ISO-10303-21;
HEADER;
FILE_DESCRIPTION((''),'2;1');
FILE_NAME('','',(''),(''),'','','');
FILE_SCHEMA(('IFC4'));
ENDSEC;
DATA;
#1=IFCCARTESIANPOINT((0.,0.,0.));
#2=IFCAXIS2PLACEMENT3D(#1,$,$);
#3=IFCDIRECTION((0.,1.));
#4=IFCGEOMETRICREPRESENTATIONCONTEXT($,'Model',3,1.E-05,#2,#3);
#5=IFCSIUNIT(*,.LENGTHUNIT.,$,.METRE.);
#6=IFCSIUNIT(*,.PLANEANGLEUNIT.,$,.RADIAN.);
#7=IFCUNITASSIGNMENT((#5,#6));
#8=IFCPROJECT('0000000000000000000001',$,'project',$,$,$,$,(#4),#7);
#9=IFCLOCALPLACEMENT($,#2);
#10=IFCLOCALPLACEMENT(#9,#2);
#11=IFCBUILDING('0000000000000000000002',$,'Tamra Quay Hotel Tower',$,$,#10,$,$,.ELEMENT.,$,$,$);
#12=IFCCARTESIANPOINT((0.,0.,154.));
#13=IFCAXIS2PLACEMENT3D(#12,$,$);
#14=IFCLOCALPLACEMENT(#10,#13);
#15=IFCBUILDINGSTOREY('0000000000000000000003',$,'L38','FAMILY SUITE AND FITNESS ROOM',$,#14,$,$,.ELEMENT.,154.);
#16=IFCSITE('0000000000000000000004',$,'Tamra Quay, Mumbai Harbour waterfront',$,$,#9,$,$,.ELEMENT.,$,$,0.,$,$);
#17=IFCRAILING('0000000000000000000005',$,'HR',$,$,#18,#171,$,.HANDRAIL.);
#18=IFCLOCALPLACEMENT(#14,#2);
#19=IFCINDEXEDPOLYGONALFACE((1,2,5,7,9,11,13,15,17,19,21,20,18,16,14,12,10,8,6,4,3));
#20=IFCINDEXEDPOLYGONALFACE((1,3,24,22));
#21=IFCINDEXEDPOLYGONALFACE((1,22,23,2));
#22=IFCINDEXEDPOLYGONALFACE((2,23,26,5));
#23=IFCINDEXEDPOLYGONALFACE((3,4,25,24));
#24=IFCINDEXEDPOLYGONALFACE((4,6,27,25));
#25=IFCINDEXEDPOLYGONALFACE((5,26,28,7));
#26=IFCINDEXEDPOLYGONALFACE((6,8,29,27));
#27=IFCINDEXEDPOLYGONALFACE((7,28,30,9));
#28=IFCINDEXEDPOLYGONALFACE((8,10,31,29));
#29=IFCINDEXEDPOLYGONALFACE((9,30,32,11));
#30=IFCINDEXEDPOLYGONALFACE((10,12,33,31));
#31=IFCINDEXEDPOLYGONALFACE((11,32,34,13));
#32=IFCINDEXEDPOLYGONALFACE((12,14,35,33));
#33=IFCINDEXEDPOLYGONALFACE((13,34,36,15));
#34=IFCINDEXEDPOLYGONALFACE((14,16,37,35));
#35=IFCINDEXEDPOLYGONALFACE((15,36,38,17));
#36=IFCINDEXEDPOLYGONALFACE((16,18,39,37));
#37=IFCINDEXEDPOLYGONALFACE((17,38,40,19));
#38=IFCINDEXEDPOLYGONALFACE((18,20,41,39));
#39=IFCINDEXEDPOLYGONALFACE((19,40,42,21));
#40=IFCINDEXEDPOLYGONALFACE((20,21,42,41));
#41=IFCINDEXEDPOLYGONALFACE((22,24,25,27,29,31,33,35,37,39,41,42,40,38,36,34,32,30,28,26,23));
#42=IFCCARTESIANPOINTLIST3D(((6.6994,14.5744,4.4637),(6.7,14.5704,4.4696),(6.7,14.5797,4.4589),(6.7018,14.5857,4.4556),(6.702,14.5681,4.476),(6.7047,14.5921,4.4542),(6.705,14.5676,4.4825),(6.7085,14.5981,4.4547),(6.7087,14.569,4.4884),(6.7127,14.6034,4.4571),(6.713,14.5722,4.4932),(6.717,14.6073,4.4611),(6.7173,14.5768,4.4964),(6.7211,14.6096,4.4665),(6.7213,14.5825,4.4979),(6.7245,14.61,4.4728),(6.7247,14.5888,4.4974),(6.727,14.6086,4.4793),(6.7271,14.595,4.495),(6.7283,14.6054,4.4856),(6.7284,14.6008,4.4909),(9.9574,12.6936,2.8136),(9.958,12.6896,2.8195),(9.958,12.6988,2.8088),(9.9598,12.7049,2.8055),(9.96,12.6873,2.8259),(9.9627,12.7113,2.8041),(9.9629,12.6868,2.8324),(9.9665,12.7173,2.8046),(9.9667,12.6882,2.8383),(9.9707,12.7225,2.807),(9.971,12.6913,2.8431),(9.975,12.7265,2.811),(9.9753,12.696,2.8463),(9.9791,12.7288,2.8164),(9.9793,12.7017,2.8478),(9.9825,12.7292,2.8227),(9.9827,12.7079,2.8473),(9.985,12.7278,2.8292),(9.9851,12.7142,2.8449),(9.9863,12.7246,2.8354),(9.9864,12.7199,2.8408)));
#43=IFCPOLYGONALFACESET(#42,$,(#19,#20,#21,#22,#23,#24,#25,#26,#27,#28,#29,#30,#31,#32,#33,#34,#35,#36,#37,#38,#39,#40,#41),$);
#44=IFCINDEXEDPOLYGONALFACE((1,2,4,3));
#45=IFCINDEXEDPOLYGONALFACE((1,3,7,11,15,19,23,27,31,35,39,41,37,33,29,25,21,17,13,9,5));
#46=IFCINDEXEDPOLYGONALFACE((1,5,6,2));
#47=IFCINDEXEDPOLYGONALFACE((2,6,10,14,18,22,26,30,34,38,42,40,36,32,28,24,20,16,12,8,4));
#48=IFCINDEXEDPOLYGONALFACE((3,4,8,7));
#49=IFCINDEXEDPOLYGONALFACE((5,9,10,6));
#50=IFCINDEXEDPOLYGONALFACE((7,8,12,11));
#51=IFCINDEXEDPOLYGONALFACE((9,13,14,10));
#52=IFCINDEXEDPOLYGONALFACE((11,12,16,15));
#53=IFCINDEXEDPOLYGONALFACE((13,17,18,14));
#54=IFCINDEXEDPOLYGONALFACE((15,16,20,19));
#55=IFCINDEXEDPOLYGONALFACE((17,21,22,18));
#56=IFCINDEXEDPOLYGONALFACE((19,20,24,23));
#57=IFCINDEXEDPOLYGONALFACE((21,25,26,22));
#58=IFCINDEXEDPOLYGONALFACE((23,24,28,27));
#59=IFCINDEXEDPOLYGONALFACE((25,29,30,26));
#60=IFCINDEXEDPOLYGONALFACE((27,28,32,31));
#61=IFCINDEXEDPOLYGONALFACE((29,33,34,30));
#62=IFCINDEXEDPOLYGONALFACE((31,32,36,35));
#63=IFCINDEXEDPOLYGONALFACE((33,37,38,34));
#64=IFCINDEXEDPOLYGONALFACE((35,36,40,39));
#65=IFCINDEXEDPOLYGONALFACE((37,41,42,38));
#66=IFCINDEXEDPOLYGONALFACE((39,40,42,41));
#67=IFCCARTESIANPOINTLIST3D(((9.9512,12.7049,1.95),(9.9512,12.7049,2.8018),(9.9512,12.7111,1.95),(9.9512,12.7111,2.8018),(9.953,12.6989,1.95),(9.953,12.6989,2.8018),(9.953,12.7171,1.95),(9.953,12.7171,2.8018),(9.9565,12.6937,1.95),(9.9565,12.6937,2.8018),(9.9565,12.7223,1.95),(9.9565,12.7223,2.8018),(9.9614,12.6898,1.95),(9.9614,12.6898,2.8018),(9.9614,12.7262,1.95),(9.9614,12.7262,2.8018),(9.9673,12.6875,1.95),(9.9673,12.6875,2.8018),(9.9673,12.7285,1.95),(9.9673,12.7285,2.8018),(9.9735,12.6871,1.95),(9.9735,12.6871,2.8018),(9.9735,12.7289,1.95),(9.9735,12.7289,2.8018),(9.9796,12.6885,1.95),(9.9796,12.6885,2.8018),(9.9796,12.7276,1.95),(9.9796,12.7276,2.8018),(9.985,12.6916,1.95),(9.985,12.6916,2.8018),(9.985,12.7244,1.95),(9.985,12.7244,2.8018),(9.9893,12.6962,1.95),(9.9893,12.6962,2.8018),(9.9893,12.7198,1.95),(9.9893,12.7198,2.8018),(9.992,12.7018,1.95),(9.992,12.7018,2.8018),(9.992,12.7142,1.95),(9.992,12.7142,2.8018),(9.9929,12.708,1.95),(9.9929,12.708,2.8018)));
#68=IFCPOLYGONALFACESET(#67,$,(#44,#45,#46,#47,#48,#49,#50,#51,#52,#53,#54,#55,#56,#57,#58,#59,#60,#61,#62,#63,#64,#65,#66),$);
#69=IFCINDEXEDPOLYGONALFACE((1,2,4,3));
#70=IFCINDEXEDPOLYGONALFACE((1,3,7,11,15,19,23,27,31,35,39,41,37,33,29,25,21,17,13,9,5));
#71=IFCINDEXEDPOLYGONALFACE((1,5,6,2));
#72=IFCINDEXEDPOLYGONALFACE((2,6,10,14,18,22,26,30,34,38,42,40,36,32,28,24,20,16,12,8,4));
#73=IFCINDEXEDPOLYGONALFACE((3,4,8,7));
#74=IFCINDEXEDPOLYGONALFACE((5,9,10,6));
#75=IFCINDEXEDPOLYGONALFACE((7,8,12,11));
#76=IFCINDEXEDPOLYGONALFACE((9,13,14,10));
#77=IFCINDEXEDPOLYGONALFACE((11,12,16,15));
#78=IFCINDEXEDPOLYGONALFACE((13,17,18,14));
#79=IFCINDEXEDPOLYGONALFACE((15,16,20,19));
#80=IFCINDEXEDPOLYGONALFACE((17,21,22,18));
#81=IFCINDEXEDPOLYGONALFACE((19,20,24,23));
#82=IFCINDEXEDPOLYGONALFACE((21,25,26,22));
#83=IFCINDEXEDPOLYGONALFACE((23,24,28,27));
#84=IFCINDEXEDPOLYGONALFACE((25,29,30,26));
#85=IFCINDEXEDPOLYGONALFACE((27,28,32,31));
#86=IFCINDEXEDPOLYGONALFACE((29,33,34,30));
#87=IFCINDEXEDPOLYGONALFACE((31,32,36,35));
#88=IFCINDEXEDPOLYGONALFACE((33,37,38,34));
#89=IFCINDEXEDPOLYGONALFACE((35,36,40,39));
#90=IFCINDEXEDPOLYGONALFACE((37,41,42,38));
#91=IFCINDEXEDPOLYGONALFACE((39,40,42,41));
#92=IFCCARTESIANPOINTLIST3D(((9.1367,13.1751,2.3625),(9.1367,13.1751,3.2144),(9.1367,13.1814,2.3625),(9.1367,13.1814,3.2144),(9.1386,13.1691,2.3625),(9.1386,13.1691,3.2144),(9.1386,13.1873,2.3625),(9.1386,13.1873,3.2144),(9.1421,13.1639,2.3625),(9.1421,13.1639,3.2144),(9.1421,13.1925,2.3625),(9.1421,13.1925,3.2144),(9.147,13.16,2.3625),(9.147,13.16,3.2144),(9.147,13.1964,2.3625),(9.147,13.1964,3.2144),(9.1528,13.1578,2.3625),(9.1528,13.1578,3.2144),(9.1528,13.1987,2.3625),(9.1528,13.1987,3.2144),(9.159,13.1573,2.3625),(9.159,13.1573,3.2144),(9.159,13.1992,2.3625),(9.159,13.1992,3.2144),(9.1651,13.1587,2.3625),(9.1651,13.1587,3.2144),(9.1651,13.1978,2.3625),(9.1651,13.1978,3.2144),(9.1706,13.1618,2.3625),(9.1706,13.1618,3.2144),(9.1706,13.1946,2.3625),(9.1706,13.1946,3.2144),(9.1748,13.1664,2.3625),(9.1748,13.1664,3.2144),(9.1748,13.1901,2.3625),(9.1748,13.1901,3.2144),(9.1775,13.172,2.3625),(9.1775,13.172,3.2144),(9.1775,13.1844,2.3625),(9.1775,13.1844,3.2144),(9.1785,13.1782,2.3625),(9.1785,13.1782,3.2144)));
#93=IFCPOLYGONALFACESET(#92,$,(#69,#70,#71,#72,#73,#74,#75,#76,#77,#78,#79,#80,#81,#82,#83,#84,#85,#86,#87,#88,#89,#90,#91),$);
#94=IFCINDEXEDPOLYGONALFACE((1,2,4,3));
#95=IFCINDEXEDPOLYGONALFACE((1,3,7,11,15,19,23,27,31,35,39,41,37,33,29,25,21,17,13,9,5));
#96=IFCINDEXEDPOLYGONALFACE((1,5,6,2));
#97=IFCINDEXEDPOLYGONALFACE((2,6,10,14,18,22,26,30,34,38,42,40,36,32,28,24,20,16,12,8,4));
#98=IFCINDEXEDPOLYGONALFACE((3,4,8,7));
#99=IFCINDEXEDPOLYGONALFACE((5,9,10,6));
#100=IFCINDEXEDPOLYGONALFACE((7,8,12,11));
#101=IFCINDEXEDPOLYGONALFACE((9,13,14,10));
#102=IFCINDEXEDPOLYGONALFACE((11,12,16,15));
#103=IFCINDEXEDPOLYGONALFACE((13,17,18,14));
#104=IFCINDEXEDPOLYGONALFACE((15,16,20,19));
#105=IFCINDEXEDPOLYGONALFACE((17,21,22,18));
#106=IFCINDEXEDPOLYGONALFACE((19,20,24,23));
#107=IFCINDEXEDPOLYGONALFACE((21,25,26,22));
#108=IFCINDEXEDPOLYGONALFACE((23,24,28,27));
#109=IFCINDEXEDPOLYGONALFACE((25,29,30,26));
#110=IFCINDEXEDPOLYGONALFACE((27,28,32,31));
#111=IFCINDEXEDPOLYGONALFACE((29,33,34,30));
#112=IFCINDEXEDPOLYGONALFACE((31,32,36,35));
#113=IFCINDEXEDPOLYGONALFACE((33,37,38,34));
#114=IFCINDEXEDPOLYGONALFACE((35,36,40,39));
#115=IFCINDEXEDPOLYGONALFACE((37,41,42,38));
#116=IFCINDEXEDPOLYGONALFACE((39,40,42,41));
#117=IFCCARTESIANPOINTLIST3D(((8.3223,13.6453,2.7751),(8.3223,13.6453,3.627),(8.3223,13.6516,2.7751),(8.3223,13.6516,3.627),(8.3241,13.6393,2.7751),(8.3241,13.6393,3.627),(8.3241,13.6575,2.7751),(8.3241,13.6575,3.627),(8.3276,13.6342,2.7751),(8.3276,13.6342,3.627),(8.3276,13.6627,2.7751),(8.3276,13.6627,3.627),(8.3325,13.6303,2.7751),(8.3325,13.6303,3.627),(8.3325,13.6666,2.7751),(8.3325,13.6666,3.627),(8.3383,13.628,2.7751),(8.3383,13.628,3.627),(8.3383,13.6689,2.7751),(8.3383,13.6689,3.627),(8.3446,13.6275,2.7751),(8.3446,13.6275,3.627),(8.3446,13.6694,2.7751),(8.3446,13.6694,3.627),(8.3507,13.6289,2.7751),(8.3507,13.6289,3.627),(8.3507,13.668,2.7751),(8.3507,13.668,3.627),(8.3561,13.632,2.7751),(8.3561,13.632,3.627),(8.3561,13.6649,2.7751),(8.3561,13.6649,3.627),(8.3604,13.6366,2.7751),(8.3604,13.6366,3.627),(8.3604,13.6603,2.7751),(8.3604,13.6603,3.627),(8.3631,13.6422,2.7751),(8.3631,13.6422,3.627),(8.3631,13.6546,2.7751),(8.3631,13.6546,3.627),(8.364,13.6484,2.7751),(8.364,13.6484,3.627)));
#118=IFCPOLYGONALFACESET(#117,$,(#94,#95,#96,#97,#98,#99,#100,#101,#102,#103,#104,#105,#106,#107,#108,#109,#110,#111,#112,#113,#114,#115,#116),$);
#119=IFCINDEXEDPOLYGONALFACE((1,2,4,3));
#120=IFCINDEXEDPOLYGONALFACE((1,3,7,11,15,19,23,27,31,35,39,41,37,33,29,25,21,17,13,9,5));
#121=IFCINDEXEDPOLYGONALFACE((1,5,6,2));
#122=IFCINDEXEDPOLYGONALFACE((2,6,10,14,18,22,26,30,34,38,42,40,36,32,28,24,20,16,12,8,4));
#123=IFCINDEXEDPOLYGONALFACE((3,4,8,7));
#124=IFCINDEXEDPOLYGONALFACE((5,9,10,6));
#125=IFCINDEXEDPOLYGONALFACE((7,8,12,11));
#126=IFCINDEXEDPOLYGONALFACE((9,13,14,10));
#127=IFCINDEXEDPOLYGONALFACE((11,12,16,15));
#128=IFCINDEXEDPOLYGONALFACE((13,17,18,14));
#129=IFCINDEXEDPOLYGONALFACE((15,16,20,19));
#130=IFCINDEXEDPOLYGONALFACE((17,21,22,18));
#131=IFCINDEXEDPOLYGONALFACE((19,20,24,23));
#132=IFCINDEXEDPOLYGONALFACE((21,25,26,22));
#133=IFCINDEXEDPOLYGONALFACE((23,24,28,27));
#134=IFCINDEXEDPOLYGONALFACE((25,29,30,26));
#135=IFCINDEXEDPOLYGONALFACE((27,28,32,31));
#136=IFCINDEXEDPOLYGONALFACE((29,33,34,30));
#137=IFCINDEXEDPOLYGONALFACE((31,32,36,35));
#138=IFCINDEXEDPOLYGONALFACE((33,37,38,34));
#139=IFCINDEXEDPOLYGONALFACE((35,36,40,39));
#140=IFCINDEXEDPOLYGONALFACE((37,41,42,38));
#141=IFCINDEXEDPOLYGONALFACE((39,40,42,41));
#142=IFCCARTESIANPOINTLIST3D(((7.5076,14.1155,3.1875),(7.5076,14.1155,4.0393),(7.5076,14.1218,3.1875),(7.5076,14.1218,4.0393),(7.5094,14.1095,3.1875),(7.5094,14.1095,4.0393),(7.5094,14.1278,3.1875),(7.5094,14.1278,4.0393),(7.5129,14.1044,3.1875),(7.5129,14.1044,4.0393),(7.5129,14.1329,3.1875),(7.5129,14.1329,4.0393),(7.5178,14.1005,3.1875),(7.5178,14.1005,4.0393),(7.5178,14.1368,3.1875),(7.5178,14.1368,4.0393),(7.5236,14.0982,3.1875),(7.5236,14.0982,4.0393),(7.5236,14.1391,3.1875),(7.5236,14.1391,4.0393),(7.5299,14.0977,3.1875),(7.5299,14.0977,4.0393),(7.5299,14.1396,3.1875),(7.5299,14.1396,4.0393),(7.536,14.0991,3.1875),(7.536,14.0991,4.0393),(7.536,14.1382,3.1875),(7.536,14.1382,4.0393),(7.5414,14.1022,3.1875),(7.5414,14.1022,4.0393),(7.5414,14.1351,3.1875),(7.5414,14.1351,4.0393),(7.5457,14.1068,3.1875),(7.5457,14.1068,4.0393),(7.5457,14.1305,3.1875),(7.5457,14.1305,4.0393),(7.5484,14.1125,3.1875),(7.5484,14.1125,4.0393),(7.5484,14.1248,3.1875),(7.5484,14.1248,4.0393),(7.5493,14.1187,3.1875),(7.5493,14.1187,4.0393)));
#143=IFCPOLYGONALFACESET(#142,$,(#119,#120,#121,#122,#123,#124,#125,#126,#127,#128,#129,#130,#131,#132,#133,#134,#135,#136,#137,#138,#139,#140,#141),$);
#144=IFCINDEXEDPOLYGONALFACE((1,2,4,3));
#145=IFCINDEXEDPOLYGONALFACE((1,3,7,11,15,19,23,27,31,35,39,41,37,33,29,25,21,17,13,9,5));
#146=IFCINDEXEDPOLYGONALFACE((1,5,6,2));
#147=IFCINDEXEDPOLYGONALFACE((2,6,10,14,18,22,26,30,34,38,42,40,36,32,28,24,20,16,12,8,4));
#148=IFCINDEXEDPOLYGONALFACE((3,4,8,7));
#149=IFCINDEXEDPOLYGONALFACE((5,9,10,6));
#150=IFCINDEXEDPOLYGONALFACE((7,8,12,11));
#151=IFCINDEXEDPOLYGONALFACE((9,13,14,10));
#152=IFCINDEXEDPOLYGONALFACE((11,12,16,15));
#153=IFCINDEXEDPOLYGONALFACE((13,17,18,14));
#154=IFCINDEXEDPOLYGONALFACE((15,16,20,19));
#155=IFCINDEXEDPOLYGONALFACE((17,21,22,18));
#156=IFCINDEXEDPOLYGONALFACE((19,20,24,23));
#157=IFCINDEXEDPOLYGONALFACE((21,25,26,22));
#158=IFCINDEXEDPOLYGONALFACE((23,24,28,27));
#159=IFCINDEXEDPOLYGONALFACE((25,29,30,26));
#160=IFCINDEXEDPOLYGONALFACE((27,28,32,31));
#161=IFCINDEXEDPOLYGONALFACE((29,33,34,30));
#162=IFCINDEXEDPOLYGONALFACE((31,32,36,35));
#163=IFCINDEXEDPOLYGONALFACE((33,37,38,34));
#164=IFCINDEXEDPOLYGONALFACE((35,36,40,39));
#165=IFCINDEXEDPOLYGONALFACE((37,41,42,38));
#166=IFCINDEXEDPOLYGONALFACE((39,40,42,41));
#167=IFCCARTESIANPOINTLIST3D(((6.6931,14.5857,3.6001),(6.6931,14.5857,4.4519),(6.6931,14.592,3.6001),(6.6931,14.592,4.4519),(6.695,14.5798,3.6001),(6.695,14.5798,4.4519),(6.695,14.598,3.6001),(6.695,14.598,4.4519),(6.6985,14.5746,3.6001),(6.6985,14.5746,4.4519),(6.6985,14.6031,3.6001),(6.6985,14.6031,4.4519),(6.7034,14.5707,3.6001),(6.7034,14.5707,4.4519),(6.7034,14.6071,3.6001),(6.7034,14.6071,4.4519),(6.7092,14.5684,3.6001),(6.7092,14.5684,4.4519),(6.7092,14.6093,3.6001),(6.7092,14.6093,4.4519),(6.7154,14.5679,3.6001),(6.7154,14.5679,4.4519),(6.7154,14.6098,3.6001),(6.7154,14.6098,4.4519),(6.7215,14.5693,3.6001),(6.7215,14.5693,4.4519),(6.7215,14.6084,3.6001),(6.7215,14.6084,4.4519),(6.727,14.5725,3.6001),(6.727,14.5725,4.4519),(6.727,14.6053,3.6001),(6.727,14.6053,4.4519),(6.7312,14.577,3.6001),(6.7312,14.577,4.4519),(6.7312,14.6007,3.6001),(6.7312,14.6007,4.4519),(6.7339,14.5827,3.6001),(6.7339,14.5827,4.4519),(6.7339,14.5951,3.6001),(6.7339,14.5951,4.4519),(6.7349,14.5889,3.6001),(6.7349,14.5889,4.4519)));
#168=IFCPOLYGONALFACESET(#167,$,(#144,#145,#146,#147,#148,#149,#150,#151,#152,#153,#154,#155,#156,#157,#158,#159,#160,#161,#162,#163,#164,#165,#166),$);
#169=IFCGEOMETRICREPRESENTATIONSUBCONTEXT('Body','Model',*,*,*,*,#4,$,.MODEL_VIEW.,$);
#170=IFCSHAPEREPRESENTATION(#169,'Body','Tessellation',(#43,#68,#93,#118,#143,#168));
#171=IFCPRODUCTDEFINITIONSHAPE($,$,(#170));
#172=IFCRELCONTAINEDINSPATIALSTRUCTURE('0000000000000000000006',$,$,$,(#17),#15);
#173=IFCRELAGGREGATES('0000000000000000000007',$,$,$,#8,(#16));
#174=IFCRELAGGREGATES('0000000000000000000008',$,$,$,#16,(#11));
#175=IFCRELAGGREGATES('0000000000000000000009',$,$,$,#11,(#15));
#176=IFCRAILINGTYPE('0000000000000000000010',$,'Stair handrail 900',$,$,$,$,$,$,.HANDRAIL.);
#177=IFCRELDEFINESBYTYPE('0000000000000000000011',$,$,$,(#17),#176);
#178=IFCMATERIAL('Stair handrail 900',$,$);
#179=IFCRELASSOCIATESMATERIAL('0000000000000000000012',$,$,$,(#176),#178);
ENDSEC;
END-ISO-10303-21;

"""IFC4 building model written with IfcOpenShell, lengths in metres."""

from ifc_helpers import new_model, si_unit, direction, frame, origin, origin_2d, place, context, subcontext, project, spatial, circle, extrude, material, type_object, element, save


model = new_model("IFC4")

# Units and contexts
model_context = context("Model", 3, precision=1e-05, world=origin(), true_north=direction((0.0, 1.0)))
body_context = subcontext(model_context, "Body", "Model", "MODEL_VIEW")
ifc_project = project(units=[si_unit("LENGTHUNIT", "METRE"), si_unit("PLANEANGLEUNIT", "RADIAN")], contexts=[model_context])

# Site, building, storey
site_placement = place(None, origin())
site = spatial("IfcSite", under=ifc_project, at=site_placement, Name="Tamra Quay, Mumbai Harbour waterfront", CompositionType="ELEMENT", RefElevation=0.0)
building_placement = place(site_placement, origin())
building = spatial("IfcBuilding", under=site, at=building_placement, Name="Tamra Quay Hotel Tower", CompositionType="ELEMENT")
storey_placement = place(building_placement, frame((0.0, 0.0, 154.0)))
storey = spatial("IfcBuildingStorey", under=building, at=storey_placement, Name="L38", Description="FAMILY SUITE AND FITNESS ROOM", CompositionType="ELEMENT", Elevation=154.0)

# Railing
ifc_material_1 = material(Name="Stair handrail 900")
railing_type_1 = type_object("IfcRailingType", Name="Stair handrail 900", PredefinedType="HANDRAIL", material=ifc_material_1)
railing_1_placement = place(storey_placement, frame((9.9719, 12.708, 1.95)))
element("IfcRailing", 1, at=railing_1_placement, inside=storey, type_object=railing_type_1, Name="HR", PredefinedType="HANDRAIL", context=body_context, shape_type="SweptSolid", body=[
    extrude(circle(Radius=0.0239, at=origin_2d()), frame((0.0, 0.0, 0.876), z_axis=(-0.793103, 0.457854, 0.401692), x_axis=(-0.499964, -0.866046, 0.0)), (0.0, 0.0, 1.0), 4.1079),
    extrude(circle(Radius=0.021, at=origin_2d()), origin(), (0.0, 0.0, 1.0), 0.8518),
    extrude(circle(Radius=0.021, at=origin_2d()), frame((-0.8145, 0.4702, 0.4126)), (0.0, 0.0, 1.0), 0.8518),
    extrude(circle(Radius=0.021, at=origin_2d()), frame((-1.6289, 0.9404, 0.8252)), (0.0, 0.0, 1.0), 0.8518),
    extrude(circle(Radius=0.021, at=origin_2d()), frame((-2.4436, 1.4106, 1.2375)), (0.0, 0.0, 1.0), 0.8518),
    extrude(circle(Radius=0.021, at=origin_2d()), frame((-3.2581, 1.8809, 1.6501)), (0.0, 0.0, 1.0), 0.8518),
])

save(model, "model.ifc")
